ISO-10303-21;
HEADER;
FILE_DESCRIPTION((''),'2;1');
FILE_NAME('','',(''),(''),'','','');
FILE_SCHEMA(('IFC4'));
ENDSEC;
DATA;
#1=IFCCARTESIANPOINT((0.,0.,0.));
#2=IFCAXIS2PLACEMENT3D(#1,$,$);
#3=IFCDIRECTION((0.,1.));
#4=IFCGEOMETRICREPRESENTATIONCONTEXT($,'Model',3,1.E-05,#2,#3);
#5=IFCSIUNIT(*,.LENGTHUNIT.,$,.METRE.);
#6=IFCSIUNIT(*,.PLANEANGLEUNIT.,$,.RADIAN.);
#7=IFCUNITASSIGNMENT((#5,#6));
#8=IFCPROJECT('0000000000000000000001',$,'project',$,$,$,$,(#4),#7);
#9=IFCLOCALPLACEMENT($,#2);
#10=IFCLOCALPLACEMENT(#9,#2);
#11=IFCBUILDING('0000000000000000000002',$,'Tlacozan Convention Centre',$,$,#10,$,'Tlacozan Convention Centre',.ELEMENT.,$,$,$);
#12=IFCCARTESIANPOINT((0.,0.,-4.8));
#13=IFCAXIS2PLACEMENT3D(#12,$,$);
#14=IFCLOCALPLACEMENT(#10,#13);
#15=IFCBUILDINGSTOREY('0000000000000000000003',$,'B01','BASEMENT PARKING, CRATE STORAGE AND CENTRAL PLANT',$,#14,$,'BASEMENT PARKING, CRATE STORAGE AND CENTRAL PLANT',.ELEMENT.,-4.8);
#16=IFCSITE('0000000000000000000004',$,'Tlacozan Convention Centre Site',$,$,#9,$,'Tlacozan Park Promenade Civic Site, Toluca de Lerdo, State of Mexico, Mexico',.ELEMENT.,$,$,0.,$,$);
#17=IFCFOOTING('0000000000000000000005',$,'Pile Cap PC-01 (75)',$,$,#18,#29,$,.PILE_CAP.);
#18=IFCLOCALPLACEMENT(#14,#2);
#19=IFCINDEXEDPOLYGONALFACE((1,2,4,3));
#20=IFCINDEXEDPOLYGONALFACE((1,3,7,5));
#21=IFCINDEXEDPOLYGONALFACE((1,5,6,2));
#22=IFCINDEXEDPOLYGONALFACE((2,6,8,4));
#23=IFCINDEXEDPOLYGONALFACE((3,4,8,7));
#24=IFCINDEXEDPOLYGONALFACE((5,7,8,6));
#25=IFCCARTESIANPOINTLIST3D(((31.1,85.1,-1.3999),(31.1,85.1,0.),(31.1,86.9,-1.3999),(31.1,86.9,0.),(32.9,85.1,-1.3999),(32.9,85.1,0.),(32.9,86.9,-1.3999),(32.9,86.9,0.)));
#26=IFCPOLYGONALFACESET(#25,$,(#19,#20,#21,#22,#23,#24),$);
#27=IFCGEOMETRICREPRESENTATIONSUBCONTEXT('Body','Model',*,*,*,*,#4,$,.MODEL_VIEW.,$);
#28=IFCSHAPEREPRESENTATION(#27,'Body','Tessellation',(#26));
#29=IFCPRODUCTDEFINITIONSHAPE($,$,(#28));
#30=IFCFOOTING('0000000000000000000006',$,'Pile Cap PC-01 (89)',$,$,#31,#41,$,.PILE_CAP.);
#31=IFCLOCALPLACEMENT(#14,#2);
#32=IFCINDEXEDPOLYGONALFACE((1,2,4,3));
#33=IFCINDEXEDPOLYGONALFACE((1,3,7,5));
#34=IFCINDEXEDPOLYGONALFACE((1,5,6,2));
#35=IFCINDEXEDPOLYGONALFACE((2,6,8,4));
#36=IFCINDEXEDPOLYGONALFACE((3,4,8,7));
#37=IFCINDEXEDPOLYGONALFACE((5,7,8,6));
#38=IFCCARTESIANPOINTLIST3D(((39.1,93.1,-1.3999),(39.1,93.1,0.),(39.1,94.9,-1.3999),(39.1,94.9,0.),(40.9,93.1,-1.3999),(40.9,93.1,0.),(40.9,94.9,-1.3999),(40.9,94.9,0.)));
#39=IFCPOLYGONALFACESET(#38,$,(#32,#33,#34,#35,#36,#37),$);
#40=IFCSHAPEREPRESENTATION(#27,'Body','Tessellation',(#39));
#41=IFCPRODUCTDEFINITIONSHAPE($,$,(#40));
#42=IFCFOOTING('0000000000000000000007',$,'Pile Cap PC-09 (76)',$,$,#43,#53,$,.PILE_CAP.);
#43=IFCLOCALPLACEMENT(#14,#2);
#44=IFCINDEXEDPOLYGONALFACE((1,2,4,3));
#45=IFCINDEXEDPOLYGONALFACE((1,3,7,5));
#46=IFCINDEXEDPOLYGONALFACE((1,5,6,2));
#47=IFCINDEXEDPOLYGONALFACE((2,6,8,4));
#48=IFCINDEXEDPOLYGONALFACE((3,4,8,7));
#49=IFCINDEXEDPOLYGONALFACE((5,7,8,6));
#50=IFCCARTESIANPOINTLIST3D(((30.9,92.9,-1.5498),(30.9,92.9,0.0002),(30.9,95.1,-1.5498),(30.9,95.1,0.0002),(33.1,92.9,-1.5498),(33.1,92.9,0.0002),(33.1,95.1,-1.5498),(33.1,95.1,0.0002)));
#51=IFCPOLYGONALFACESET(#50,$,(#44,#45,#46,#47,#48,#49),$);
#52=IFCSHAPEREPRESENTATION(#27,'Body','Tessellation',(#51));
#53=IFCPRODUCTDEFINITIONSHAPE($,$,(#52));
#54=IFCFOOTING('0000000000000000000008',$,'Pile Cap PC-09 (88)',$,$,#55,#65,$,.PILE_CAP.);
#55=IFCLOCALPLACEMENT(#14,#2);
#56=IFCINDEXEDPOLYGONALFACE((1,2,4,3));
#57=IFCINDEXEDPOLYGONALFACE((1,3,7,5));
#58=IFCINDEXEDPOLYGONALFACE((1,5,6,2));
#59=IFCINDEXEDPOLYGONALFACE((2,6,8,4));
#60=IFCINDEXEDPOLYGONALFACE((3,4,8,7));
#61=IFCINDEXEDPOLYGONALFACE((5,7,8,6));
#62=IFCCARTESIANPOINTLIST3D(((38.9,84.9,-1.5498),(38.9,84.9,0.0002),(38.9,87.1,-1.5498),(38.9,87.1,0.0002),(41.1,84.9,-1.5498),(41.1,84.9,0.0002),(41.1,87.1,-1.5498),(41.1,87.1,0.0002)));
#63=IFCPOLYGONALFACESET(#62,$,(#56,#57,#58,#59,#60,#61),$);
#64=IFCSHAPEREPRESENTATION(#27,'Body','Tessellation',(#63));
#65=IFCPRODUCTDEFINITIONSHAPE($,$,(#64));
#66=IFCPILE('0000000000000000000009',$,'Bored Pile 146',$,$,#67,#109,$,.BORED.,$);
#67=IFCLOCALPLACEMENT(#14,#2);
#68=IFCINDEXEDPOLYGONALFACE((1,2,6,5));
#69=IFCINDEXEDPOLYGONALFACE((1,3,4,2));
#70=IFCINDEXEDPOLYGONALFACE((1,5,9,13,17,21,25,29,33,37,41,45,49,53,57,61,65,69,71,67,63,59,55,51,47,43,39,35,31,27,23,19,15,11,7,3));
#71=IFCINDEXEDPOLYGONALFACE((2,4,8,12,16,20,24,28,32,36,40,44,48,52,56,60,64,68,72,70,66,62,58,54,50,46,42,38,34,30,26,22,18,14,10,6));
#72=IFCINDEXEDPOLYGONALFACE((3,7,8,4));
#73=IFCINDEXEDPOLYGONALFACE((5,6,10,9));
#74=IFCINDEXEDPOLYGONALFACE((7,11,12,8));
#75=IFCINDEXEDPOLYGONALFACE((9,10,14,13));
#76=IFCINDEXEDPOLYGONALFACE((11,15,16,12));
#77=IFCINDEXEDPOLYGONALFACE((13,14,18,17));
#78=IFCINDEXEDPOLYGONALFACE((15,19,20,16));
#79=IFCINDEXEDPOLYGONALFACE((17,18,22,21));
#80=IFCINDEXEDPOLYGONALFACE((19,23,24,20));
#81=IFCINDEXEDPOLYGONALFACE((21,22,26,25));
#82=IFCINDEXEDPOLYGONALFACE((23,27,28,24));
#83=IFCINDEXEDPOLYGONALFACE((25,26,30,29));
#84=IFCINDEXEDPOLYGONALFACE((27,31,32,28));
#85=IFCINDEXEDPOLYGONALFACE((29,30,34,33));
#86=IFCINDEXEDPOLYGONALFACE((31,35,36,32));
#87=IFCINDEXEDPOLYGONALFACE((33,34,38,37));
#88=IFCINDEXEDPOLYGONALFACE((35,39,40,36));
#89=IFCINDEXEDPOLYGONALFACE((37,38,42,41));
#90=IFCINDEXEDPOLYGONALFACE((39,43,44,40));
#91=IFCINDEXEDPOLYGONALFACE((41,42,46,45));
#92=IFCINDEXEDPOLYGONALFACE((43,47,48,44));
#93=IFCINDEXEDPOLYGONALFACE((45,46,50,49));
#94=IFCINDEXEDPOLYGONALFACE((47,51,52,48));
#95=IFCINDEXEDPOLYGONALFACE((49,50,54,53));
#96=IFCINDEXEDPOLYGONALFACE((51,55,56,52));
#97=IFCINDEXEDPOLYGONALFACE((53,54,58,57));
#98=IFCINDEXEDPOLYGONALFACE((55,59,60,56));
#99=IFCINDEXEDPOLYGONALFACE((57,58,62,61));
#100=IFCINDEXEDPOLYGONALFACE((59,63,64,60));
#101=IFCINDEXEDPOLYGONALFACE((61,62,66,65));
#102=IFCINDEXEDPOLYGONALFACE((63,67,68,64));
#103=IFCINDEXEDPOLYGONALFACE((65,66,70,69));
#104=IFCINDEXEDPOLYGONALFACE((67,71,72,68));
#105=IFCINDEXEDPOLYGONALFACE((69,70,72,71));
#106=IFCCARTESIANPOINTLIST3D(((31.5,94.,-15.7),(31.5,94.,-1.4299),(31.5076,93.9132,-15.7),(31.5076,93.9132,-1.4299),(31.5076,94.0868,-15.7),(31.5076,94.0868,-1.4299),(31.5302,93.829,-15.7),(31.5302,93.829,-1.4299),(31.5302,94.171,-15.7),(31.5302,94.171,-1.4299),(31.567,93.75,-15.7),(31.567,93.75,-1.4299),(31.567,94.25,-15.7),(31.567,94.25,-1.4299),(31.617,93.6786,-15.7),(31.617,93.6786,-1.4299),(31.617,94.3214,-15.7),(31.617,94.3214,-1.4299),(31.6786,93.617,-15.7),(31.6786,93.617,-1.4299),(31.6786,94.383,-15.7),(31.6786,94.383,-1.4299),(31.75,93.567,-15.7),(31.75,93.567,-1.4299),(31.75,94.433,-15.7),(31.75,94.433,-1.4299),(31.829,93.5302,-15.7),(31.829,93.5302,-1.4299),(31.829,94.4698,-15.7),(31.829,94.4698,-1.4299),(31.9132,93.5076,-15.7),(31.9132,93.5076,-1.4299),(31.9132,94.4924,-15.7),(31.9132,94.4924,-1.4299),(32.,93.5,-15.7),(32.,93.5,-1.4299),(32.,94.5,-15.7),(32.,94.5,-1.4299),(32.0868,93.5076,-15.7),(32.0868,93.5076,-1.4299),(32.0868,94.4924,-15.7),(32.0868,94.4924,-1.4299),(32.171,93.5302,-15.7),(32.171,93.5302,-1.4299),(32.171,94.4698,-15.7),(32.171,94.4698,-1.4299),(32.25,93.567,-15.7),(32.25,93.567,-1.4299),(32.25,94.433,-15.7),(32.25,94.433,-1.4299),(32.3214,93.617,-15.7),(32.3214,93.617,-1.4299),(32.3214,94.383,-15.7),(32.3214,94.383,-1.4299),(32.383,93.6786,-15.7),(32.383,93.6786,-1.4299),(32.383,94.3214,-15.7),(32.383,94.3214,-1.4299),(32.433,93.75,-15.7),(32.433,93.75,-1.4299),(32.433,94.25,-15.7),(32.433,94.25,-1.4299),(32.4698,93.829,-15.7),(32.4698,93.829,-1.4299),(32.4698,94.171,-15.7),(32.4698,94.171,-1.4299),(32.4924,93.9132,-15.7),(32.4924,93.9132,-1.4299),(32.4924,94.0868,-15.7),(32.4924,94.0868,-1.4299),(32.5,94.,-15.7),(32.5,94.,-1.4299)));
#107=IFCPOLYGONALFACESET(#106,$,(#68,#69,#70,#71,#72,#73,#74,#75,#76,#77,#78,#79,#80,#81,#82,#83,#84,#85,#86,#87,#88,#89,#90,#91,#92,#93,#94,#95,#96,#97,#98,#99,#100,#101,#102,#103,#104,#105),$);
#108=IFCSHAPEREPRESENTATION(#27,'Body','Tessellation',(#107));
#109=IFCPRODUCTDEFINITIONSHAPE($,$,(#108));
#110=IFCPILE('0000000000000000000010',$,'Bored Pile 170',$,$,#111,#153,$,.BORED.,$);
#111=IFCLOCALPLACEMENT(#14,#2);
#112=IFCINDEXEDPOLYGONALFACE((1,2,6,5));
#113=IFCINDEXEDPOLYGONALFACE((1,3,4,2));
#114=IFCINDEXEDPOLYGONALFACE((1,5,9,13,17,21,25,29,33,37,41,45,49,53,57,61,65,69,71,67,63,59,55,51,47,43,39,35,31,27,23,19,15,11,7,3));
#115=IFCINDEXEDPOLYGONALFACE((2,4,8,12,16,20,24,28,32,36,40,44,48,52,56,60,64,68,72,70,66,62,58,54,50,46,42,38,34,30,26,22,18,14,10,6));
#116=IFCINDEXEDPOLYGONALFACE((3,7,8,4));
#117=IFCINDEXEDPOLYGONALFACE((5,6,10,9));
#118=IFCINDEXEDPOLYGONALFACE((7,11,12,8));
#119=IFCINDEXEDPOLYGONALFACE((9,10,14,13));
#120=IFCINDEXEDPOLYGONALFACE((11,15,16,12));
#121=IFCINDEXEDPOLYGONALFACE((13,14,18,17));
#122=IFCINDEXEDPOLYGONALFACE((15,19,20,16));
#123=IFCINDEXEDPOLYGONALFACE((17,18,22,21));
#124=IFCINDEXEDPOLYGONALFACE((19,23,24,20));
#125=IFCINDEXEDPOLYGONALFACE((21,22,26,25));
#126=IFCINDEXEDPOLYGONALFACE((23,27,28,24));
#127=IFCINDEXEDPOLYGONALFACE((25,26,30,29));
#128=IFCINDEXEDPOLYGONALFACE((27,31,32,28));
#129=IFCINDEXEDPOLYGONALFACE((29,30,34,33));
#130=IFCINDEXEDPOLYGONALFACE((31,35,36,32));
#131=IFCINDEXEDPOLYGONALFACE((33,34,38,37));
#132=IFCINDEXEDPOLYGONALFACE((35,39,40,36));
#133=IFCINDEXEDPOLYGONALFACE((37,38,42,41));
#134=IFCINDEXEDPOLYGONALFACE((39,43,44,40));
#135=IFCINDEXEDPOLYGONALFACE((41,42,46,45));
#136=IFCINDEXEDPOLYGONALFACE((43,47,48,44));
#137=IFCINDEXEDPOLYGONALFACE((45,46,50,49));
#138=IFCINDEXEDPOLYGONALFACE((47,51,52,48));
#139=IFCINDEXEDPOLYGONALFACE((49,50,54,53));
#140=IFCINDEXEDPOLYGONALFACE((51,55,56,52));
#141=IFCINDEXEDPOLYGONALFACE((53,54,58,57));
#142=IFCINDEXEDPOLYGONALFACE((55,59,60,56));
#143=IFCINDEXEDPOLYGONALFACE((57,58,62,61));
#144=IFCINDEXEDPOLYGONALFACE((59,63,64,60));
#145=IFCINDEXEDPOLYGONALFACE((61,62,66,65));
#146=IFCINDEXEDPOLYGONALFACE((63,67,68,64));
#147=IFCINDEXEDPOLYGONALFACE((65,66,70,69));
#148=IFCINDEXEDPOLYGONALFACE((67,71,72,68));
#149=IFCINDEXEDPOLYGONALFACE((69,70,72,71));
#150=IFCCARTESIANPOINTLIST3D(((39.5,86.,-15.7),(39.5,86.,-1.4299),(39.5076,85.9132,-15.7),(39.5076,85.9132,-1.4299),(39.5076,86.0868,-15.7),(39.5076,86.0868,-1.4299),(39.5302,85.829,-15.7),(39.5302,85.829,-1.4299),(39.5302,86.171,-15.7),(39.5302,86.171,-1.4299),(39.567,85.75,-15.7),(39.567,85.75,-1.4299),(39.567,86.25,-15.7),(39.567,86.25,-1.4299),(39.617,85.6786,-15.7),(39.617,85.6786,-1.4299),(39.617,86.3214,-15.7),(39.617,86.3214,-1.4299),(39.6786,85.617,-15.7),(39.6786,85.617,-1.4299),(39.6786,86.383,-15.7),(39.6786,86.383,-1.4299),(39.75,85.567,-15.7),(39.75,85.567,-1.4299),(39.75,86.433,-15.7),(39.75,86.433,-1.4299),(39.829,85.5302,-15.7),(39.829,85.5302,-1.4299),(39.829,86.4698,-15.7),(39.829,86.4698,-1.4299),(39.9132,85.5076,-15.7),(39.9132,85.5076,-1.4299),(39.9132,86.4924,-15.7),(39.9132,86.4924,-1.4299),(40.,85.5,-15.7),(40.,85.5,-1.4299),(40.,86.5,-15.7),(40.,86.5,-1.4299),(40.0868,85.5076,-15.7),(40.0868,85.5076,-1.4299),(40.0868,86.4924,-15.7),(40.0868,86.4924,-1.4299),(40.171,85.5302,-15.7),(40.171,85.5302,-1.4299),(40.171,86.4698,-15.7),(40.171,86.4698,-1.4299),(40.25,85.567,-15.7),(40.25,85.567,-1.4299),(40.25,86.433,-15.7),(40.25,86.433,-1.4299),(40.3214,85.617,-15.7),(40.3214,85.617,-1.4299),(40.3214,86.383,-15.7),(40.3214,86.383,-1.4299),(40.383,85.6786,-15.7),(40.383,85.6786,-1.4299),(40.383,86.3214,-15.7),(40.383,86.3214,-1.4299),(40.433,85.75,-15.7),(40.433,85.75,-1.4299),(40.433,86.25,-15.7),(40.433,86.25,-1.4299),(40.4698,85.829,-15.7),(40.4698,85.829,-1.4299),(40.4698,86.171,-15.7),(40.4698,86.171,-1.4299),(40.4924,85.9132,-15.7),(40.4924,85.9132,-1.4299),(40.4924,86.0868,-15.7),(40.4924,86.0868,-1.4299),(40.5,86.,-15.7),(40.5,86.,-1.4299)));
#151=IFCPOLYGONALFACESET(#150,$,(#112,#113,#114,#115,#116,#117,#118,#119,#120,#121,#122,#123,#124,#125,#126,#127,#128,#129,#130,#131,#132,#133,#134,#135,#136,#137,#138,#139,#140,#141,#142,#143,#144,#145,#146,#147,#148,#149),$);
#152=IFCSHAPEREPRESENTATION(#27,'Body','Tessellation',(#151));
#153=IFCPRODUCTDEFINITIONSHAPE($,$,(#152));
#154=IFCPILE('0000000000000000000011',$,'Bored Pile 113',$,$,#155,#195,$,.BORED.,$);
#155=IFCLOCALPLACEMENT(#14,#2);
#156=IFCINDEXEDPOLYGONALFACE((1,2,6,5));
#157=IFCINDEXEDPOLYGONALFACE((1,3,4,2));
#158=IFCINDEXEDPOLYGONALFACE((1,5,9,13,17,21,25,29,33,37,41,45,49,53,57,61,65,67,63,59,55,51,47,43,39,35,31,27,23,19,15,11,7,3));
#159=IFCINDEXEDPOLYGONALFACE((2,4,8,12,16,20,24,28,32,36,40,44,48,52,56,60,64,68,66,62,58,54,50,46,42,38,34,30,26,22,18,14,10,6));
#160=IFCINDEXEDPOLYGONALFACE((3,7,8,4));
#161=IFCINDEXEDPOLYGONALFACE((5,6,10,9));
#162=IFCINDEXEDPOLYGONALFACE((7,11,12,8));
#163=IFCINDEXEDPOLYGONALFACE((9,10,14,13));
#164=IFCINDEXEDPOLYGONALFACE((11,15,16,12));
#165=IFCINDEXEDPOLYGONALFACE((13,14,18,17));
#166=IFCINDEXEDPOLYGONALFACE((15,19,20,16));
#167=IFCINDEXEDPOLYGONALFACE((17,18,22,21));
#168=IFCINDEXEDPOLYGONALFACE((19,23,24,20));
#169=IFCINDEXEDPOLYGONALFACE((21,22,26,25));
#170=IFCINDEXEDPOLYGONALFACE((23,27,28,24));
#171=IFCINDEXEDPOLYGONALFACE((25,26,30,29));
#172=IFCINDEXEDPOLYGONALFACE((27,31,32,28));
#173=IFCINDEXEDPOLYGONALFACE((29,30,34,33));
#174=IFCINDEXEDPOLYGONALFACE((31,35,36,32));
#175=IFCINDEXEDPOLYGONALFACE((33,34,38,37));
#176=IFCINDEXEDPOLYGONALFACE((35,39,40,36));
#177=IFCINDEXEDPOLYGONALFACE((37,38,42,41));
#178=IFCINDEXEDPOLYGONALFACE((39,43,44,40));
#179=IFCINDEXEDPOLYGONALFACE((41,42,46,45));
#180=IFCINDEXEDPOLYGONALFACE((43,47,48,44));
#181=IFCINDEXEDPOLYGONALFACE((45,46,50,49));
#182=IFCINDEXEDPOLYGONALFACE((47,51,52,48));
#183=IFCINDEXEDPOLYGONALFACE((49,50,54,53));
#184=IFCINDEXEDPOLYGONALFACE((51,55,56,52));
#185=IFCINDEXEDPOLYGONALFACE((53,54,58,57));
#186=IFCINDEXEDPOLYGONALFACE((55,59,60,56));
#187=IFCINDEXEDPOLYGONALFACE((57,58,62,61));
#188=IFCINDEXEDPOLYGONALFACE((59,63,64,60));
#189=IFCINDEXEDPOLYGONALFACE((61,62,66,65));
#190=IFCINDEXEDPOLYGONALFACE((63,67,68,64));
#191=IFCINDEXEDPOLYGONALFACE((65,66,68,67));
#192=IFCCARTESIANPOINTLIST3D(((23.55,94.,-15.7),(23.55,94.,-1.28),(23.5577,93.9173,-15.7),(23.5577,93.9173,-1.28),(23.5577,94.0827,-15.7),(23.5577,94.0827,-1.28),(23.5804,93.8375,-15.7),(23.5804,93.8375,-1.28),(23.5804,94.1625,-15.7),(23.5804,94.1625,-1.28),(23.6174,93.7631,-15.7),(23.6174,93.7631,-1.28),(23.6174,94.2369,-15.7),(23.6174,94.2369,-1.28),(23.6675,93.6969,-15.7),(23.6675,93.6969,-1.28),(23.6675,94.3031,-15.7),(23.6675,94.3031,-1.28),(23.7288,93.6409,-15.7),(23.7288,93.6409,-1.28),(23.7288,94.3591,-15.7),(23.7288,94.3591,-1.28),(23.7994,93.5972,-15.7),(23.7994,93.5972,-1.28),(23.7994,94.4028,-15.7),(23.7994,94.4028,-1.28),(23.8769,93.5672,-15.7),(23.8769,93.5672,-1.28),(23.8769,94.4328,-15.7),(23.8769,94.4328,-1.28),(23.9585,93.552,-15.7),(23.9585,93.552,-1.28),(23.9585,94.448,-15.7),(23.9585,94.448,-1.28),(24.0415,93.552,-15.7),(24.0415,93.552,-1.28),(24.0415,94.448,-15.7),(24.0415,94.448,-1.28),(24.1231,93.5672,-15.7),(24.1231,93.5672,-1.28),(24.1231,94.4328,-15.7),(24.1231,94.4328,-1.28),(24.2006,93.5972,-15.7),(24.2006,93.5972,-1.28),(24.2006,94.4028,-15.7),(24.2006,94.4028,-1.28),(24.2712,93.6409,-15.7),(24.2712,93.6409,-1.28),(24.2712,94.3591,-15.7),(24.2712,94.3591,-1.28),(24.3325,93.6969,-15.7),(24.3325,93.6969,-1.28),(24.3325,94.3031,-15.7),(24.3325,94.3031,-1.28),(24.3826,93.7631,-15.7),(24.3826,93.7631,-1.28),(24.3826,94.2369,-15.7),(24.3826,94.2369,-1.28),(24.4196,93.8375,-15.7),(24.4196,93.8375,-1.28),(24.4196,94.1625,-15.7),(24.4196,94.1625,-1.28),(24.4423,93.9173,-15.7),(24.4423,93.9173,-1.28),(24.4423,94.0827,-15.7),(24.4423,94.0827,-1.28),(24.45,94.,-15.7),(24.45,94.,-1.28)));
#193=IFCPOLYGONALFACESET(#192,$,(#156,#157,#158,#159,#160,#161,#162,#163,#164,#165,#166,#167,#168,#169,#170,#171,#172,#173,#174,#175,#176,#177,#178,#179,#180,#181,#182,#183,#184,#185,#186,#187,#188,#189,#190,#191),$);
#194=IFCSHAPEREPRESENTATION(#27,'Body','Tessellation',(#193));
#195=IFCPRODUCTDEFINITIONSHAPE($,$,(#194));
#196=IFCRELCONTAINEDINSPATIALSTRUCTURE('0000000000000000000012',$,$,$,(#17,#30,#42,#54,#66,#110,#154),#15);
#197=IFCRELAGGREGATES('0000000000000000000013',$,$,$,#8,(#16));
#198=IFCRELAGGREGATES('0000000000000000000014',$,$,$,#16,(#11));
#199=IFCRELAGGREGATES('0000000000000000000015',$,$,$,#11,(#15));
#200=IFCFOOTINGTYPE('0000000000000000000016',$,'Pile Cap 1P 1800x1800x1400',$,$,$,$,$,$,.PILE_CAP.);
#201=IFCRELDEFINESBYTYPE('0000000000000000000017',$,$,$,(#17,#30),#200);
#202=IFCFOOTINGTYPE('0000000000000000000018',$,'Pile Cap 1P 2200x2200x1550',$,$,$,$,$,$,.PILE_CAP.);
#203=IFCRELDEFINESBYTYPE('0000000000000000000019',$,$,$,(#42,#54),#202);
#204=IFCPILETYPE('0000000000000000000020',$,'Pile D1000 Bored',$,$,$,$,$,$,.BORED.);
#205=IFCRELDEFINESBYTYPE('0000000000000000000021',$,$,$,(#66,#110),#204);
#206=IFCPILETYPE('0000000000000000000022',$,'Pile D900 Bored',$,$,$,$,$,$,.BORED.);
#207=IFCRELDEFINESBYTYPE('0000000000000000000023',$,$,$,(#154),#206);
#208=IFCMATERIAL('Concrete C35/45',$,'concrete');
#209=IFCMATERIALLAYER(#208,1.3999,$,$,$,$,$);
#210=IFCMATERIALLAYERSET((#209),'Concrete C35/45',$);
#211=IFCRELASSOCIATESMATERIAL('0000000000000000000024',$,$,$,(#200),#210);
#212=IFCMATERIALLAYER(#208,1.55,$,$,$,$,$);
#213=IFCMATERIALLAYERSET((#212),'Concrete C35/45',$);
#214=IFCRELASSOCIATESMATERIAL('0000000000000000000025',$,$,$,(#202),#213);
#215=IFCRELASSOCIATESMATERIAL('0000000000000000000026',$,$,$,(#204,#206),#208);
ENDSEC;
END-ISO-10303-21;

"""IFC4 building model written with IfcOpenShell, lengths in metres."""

from ifc_helpers import new_model, si_unit, direction, frame, origin, origin_2d, place, context, subcontext, project, spatial, rectangle, circle, extrude, material, layer, layer_set, material_profile, profile_set, type_object, element, save


model = new_model("IFC4")

# Units and contexts
model_context = context("Model", 3, precision=1e-05, world=origin(), true_north=direction((0.0, 1.0)))
body_context = subcontext(model_context, "Body", "Model", "MODEL_VIEW")
ifc_project = project(units=[si_unit("LENGTHUNIT", "METRE"), si_unit("PLANEANGLEUNIT", "RADIAN")], contexts=[model_context])

# Site, building, storey
site_placement = place(None, origin())
site = spatial("IfcSite", under=ifc_project, at=site_placement, Name="Tlacozan Convention Centre Site", LongName="Tlacozan Park Promenade Civic Site, Toluca de Lerdo, State of Mexico, Mexico", CompositionType="ELEMENT", RefElevation=0.0)
building_placement = place(site_placement, origin())
building = spatial("IfcBuilding", under=site, at=building_placement, Name="Tlacozan Convention Centre", LongName="Tlacozan Convention Centre", CompositionType="ELEMENT")
storey_placement = place(building_placement, frame((0.0, 0.0, -4.8)))
storey = spatial("IfcBuildingStorey", under=building, at=storey_placement, Name="B01", Description="BASEMENT PARKING, CRATE STORAGE AND CENTRAL PLANT", LongName="BASEMENT PARKING, CRATE STORAGE AND CENTRAL PLANT", CompositionType="ELEMENT", Elevation=-4.8)

# Footings
ifc_material_1 = material(Name="Concrete C35/45", Category="concrete")
ifc_layer_1 = layer(ifc_material_1, 1.3999)
ifc_layer_set_1 = layer_set([ifc_layer_1], Name="Concrete C35/45")
footing_type_1 = type_object("IfcFootingType", Name="Pile Cap 1P 1800x1800x1400", PredefinedType="PILE_CAP", material=ifc_layer_set_1)
for number, where, z_axis, x_axis, name in (
    (1, (32.0, 86.0, -1.3999), (0.0, 0.0, 1.0), (1.0, 0.0, 0.0), "Pile Cap PC-01 (75)"),
    (2, (40.0, 94.0, -1.3999), (0.0, 0.0, 1.0), (1.0, 0.0, 0.0), "Pile Cap PC-01 (89)"),
):
    element("IfcFooting", number, at=place(storey_placement, frame(where, z_axis=z_axis, x_axis=x_axis)), inside=storey, type_object=footing_type_1, Name=name, PredefinedType="PILE_CAP", context=body_context, shape_type="SweptSolid", body=[
        extrude(rectangle(XDim=1.8, YDim=1.8, at=origin_2d()), origin(), (0.0, 0.0, 1.0), 1.3999),
    ])
ifc_layer_2 = layer(ifc_material_1, 1.55)
ifc_layer_set_2 = layer_set([ifc_layer_2], Name="Concrete C35/45")
footing_type_2 = type_object("IfcFootingType", Name="Pile Cap 1P 2200x2200x1550", PredefinedType="PILE_CAP", material=ifc_layer_set_2)
for number, where, z_axis, x_axis, name in (
    (3, (32.0, 94.0, -1.5498), (0.0, 0.0, 1.0), (1.0, 0.0, 0.0), "Pile Cap PC-09 (76)"),
    (4, (40.0, 86.0, -1.5498), (0.0, 0.0, 1.0), (1.0, 0.0, 0.0), "Pile Cap PC-09 (88)"),
):
    element("IfcFooting", number, at=place(storey_placement, frame(where, z_axis=z_axis, x_axis=x_axis)), inside=storey, type_object=footing_type_2, Name=name, PredefinedType="PILE_CAP", context=body_context, shape_type="SweptSolid", body=[
        extrude(rectangle(XDim=2.2, YDim=2.2, at=origin_2d()), origin(), (0.0, 0.0, 1.0), 1.55),
    ])

# Piles
ifc_material_profile_1 = material_profile(ifc_material_1, circle(Radius=0.5, at=origin_2d()), Name="PILE D1000")
ifc_profile_set_1 = profile_set([ifc_material_profile_1], Name="Concrete C35/45")
pile_type_1 = type_object("IfcPileType", Name="Pile D1000 Bored", PredefinedType="BORED", material=ifc_profile_set_1)
for number, where, z_axis, x_axis, name in (
    (5, (32.0, 94.0, -1.4299), (0.0, 0.0, -1.0), (1.0, 0.0, 0.0), "Bored Pile 146"),
    (6, (40.0, 86.0, -1.4299), (0.0, 0.0, -1.0), (1.0, 0.0, 0.0), "Bored Pile 170"),
):
    element("IfcPile", number, at=place(storey_placement, frame(where, z_axis=z_axis, x_axis=x_axis)), inside=storey, type_object=pile_type_1, Name=name, PredefinedType="BORED", context=body_context, shape_type="SweptSolid", body=[
        extrude(circle(Radius=0.5, at=origin_2d()), origin(), (0.0, 0.0, 1.0), 14.27),
    ])
ifc_material_profile_2 = material_profile(ifc_material_1, circle(Radius=0.45, at=origin_2d()), Name="PILE D900")
ifc_profile_set_2 = profile_set([ifc_material_profile_2], Name="Concrete C35/45")
pile_type_2 = type_object("IfcPileType", Name="Pile D900 Bored", PredefinedType="BORED", material=ifc_profile_set_2)
for number, where, z_axis, x_axis, name in (
    (7, (24.0, 94.0, -1.28), (0.0, 0.0, -1.0), (1.0, 0.0, 0.0), "Bored Pile 113"),
):
    element("IfcPile", number, at=place(storey_placement, frame(where, z_axis=z_axis, x_axis=x_axis)), inside=storey, type_object=pile_type_2, Name=name, PredefinedType="BORED", context=body_context, shape_type="SweptSolid", body=[
        extrude(circle(Radius=0.45, at=origin_2d()), origin(), (0.0, 0.0, 1.0), 14.4199),
    ])

save(model, "model.ifc")
